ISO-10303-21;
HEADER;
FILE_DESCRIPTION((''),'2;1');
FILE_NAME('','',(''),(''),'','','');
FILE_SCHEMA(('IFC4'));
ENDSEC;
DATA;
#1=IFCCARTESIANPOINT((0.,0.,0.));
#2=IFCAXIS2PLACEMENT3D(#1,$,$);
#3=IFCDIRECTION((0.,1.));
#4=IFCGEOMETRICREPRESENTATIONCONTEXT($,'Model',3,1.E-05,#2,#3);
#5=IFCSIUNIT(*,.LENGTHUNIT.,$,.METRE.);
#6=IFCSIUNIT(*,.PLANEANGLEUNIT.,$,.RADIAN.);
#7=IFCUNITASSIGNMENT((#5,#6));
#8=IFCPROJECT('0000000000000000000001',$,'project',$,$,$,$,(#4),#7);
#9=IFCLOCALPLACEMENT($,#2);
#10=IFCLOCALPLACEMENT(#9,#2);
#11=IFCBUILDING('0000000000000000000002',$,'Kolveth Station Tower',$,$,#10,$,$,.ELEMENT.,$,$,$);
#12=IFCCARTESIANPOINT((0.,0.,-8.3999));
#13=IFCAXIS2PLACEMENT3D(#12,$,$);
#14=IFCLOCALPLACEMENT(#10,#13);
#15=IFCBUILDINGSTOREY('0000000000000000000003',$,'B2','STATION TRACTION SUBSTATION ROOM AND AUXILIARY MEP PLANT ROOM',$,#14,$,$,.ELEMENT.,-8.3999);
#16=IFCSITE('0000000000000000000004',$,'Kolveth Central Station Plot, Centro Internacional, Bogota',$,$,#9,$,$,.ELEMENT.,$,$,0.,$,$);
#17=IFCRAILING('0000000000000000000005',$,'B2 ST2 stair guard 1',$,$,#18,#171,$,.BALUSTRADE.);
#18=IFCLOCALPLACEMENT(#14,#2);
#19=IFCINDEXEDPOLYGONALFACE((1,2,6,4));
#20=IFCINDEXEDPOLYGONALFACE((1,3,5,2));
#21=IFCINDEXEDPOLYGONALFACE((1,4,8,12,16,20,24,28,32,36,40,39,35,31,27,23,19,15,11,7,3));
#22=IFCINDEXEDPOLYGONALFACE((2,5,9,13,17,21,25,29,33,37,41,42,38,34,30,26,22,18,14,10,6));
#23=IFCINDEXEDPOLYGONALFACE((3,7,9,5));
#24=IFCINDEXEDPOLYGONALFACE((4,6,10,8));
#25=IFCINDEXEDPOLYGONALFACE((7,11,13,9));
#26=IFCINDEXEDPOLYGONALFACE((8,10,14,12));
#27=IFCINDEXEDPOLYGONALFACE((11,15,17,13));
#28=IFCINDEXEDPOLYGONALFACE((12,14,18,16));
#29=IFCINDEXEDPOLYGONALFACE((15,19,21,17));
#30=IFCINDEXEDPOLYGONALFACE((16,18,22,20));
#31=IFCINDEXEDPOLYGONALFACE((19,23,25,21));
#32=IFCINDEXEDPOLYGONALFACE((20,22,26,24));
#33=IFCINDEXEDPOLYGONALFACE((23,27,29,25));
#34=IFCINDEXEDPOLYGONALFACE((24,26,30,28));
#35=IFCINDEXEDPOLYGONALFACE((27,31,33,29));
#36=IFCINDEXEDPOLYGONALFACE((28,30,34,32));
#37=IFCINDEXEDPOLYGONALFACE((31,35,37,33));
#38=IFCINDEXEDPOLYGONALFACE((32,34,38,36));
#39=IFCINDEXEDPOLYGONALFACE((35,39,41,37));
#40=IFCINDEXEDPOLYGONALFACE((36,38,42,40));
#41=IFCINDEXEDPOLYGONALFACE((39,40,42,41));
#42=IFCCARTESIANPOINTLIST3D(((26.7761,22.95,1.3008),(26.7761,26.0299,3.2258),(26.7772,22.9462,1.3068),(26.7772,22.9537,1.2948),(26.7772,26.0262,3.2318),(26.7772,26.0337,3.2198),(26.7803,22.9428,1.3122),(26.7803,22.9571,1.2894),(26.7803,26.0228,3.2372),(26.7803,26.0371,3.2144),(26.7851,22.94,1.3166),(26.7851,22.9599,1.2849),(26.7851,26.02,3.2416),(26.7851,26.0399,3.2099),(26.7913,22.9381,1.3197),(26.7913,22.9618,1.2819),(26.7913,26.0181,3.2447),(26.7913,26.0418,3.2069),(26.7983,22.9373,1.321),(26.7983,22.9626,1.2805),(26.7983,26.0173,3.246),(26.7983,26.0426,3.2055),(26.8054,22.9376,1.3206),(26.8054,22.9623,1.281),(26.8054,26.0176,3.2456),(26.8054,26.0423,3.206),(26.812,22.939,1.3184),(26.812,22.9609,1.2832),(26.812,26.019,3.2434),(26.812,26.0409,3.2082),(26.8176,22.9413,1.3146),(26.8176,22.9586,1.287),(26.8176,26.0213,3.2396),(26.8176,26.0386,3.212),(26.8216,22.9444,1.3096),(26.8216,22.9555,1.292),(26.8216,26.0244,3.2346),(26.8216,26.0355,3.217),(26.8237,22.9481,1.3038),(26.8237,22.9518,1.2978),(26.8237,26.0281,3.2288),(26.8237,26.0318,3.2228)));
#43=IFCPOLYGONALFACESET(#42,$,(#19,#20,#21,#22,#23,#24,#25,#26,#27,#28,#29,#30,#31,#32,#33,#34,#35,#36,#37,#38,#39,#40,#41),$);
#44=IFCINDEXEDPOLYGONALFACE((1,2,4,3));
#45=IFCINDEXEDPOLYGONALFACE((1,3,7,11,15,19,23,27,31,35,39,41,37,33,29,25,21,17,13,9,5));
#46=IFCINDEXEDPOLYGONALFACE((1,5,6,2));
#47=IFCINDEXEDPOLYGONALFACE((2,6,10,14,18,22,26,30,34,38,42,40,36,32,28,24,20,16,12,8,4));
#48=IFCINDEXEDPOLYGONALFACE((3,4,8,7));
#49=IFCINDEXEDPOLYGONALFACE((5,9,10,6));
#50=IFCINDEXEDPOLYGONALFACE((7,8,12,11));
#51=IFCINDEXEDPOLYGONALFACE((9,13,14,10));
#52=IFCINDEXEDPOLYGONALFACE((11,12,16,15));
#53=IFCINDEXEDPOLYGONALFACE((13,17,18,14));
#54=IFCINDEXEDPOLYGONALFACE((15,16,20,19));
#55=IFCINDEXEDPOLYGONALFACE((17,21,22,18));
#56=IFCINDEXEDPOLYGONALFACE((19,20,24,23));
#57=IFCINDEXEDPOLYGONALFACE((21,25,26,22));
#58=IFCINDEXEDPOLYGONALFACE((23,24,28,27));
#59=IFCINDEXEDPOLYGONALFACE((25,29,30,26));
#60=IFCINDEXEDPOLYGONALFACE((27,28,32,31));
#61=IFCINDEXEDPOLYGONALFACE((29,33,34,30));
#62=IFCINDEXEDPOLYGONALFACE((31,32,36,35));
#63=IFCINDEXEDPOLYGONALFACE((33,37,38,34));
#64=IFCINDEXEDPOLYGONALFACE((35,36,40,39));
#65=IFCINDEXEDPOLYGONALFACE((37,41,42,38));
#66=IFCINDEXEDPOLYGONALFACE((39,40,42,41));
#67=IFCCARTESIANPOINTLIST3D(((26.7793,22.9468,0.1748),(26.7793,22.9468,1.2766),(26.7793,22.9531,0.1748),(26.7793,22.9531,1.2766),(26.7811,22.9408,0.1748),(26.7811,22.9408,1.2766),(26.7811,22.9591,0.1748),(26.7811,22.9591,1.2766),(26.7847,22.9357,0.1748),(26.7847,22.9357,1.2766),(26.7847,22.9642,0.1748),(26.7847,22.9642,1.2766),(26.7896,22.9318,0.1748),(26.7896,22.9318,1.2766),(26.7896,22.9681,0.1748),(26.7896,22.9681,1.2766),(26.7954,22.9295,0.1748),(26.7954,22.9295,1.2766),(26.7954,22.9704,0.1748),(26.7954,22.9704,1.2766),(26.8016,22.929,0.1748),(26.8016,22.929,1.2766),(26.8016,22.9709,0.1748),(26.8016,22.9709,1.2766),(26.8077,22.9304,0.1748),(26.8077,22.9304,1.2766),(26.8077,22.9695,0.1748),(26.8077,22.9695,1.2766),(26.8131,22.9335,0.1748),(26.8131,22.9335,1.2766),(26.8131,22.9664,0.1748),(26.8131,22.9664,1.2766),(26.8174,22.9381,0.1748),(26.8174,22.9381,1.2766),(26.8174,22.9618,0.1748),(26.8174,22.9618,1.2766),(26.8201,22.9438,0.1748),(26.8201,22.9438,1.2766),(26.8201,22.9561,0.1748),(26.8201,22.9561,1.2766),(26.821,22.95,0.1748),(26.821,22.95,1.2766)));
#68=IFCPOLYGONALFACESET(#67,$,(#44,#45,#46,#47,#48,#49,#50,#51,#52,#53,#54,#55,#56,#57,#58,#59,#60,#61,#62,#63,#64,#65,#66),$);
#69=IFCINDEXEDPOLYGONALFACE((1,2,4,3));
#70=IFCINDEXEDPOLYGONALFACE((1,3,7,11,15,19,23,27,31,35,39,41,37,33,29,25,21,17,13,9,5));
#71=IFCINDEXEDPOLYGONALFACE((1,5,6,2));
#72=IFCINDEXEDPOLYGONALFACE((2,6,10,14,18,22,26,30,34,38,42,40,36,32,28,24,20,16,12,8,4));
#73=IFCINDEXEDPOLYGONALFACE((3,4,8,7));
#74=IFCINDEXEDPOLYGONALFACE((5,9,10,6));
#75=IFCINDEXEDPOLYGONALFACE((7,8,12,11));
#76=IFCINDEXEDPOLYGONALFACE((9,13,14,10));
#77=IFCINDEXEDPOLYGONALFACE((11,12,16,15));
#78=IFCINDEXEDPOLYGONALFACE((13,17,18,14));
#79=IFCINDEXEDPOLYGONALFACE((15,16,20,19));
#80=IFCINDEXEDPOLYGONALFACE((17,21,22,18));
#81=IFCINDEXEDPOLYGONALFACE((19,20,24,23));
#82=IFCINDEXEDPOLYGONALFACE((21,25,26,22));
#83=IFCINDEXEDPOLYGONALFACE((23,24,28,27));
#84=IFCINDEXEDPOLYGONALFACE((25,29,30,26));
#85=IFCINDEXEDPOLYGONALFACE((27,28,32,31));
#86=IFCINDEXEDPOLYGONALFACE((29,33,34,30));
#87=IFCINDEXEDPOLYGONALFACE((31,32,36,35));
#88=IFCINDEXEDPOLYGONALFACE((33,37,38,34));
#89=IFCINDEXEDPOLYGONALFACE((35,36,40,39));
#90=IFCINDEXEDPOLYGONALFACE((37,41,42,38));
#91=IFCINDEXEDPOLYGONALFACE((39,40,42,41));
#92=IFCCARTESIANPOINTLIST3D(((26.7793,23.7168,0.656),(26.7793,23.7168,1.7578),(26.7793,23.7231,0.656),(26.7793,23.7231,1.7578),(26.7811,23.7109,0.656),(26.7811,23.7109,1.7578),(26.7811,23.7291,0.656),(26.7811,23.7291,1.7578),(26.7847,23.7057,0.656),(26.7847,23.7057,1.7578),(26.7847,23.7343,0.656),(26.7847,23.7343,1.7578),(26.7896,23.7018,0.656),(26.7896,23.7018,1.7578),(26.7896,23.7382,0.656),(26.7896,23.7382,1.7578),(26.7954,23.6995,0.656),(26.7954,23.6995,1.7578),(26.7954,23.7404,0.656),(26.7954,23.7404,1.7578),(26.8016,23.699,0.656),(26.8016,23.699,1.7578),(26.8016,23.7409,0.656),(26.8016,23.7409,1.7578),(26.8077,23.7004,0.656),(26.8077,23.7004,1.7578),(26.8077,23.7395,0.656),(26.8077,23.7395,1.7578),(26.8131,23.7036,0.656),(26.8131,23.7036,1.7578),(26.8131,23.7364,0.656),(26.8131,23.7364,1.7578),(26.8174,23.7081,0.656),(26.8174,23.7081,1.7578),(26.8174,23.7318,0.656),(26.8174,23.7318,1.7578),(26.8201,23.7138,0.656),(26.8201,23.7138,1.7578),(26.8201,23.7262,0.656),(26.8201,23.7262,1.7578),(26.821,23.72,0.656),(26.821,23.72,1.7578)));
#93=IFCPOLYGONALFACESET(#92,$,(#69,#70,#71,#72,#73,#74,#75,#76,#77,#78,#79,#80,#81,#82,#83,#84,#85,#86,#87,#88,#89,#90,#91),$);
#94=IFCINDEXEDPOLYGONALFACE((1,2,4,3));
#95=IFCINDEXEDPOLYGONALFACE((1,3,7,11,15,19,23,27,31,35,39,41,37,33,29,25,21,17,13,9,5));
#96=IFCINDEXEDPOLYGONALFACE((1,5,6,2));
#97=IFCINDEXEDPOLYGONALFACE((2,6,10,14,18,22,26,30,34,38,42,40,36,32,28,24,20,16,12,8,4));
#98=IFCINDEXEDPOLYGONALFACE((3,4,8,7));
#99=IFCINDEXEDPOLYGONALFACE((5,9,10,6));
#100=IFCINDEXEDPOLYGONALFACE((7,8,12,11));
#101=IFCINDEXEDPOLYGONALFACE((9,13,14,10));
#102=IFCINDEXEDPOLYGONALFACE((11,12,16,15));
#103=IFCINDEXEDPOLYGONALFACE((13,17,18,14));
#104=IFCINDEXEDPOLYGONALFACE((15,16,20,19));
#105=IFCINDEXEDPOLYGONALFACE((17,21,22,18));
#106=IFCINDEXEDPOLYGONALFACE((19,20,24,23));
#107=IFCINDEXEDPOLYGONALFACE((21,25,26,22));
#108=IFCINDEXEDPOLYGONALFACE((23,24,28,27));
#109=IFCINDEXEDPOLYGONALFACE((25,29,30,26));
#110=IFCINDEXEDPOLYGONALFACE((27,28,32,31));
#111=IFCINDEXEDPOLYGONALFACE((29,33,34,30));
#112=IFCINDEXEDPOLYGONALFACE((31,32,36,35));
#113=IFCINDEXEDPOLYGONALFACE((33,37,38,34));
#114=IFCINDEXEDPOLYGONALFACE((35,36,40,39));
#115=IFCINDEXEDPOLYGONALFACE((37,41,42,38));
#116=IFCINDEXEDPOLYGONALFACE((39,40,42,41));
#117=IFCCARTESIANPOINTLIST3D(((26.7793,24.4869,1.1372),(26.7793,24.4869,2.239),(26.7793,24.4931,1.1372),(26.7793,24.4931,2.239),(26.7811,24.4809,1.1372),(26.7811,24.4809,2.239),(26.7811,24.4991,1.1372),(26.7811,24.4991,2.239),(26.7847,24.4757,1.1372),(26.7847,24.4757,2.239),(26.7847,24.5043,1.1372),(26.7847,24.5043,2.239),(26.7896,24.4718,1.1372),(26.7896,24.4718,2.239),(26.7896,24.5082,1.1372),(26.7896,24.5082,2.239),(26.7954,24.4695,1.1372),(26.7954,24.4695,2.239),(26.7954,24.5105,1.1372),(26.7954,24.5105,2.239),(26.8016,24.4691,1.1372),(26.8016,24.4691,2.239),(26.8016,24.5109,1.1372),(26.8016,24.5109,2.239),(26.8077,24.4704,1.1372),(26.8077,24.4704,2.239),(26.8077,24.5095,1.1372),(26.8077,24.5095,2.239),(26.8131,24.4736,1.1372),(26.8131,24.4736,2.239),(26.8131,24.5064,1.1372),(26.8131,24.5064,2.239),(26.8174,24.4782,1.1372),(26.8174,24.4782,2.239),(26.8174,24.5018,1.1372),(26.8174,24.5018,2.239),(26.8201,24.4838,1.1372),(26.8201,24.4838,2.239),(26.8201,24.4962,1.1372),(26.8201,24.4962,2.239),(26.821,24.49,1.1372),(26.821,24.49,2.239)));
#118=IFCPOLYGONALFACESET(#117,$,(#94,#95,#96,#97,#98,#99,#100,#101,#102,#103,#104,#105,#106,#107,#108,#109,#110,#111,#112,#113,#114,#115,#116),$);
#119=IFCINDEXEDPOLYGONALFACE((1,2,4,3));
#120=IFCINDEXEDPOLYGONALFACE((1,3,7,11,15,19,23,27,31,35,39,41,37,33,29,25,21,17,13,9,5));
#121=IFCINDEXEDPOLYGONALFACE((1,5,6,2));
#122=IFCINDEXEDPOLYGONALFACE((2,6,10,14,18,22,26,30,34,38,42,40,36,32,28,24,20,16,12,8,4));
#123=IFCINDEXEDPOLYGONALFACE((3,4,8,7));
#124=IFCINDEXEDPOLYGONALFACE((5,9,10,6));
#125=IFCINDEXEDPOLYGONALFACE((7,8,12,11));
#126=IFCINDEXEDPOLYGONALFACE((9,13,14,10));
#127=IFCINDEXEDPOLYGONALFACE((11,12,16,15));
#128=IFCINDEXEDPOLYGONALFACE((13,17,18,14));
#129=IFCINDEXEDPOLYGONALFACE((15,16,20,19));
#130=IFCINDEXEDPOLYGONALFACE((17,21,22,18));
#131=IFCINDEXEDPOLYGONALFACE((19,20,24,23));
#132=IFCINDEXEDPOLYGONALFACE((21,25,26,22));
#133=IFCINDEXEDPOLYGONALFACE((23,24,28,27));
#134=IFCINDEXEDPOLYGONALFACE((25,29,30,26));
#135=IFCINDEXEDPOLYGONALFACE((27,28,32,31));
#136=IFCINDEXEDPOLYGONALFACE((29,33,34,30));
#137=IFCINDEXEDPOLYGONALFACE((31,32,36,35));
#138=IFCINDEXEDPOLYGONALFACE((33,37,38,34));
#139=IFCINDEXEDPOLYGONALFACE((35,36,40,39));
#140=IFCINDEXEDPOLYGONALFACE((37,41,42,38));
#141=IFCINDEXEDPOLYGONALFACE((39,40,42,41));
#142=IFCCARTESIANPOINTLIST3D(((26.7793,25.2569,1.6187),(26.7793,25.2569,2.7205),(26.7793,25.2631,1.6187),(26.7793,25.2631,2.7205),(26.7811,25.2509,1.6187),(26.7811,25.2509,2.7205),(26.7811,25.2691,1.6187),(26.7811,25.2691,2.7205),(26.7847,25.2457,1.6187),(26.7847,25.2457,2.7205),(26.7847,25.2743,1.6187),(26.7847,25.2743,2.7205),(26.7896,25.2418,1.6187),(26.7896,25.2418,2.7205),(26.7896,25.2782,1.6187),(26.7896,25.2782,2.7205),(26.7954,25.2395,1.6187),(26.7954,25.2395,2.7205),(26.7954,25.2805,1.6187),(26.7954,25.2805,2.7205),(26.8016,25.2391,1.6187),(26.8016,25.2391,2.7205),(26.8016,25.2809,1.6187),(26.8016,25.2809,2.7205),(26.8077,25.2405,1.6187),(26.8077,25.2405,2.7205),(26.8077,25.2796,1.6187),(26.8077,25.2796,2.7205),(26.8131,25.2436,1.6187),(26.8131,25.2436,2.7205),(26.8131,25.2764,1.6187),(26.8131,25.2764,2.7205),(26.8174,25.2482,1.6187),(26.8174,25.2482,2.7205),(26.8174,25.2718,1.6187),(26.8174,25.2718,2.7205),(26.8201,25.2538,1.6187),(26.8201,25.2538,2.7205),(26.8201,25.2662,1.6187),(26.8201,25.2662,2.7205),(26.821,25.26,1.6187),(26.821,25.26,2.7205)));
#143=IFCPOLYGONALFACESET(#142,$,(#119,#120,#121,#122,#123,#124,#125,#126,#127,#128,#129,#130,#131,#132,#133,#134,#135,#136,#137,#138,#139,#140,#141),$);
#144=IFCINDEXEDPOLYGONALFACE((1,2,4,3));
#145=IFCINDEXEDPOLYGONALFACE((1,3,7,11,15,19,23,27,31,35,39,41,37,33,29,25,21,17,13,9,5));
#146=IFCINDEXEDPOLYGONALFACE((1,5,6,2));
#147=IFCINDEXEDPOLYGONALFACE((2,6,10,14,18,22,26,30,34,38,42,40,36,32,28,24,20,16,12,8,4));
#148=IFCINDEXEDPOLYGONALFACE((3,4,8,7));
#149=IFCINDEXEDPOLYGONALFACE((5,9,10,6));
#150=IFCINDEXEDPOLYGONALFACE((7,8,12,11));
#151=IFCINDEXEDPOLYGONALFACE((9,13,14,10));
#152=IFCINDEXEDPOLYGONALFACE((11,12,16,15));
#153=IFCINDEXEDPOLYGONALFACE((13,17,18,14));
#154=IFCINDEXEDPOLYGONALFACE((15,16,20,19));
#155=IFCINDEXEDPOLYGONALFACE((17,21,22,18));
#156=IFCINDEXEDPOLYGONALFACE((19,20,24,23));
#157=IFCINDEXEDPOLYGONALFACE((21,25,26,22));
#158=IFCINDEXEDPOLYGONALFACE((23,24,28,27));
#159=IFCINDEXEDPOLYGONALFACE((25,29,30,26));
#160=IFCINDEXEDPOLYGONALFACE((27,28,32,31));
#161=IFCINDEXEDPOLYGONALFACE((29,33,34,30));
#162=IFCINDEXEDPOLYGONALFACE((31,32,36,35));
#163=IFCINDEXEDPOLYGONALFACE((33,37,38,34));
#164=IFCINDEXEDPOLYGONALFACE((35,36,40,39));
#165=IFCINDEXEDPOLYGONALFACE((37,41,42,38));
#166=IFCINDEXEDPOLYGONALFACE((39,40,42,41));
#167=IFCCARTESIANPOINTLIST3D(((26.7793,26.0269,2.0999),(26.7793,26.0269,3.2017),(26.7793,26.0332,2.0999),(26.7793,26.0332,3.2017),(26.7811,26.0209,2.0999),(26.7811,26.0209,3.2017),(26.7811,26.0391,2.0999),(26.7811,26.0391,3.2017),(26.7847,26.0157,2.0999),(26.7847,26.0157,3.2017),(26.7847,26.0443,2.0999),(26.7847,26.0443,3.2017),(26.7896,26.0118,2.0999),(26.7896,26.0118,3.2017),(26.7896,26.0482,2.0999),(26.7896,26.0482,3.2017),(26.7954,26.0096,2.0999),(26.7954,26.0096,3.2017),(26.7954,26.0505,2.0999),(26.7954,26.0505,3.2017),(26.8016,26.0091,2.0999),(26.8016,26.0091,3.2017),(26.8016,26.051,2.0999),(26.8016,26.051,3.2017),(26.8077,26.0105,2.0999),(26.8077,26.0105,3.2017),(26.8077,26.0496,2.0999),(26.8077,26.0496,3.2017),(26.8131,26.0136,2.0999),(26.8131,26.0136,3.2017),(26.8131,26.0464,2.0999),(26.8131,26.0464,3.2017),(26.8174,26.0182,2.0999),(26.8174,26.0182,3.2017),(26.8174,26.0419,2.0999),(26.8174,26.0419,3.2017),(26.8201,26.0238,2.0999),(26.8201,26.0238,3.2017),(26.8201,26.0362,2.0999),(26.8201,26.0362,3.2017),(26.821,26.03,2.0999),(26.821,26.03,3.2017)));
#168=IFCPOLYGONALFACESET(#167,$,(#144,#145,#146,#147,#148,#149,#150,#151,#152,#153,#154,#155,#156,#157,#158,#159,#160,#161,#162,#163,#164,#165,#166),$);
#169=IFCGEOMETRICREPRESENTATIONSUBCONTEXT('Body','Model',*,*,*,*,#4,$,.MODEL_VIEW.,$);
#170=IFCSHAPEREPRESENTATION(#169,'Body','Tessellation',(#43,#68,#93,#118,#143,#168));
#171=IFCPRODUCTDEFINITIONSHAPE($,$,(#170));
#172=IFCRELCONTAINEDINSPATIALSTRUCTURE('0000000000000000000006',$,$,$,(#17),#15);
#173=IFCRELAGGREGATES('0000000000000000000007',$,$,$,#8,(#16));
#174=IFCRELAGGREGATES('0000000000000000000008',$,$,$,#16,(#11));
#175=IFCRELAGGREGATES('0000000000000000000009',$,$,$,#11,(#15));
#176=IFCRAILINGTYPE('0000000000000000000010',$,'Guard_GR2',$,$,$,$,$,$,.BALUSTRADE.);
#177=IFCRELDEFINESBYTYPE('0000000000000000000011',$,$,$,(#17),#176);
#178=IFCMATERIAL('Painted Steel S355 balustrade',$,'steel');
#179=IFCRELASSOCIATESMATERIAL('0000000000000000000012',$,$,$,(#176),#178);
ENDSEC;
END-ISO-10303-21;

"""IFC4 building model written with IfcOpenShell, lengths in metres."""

from ifc_helpers import new_model, si_unit, direction, frame, origin, origin_2d, place, context, subcontext, project, spatial, circle, extrude, material, type_object, element, save


model = new_model("IFC4")

# Units and contexts
model_context = context("Model", 3, precision=1e-05, world=origin(), true_north=direction((0.0, 1.0)))
body_context = subcontext(model_context, "Body", "Model", "MODEL_VIEW")
ifc_project = project(units=[si_unit("LENGTHUNIT", "METRE"), si_unit("PLANEANGLEUNIT", "RADIAN")], contexts=[model_context])

# Site, building, storey
site_placement = place(None, origin())
site = spatial("IfcSite", under=ifc_project, at=site_placement, Name="Kolveth Central Station Plot, Centro Internacional, Bogota", CompositionType="ELEMENT", RefElevation=0.0)
building_placement = place(site_placement, origin())
building = spatial("IfcBuilding", under=site, at=building_placement, Name="Kolveth Station Tower", CompositionType="ELEMENT")
storey_placement = place(building_placement, frame((0.0, 0.0, -8.3999)))
storey = spatial("IfcBuildingStorey", under=building, at=storey_placement, Name="B2", Description="STATION TRACTION SUBSTATION ROOM AND AUXILIARY MEP PLANT ROOM", CompositionType="ELEMENT", Elevation=-8.3999)

# Railing
ifc_material_1 = material(Name="Painted Steel S355 balustrade", Category="steel")
railing_type_1 = type_object("IfcRailingType", Name="Guard_GR2", PredefinedType="BALUSTRADE", material=ifc_material_1)
railing_1_placement = place(storey_placement, frame((26.8, 22.95, 0.1748)))
element("IfcRailing", 1, at=railing_1_placement, inside=storey, type_object=railing_type_1, Name="B2 ST2 stair guard 1", PredefinedType="BALUSTRADE", context=body_context, shape_type="SweptSolid", body=[
    extrude(circle(Radius=0.0239, at=origin_2d()), frame((0.0, 0.0, 1.126), z_axis=(0.0, 0.847998, 0.529999), x_axis=(-1.0, 0.0, 0.0)), (0.0, 0.0, 1.0), 3.6321),
    extrude(circle(Radius=0.021, at=origin_2d()), origin(), (0.0, 0.0, 1.0), 1.1018),
    extrude(circle(Radius=0.021, at=origin_2d()), frame((0.0, 0.77, 0.4812)), (0.0, 0.0, 1.0), 1.1018),
    extrude(circle(Radius=0.021, at=origin_2d()), frame((0.0, 1.54, 0.9624)), (0.0, 0.0, 1.0), 1.1018),
    extrude(circle(Radius=0.021, at=origin_2d()), frame((0.0, 2.3101, 1.4438)), (0.0, 0.0, 1.0), 1.1018),
    extrude(circle(Radius=0.021, at=origin_2d()), frame((0.0, 3.0801, 1.925)), (0.0, 0.0, 1.0), 1.1018),
])

save(model, "model.ifc")
